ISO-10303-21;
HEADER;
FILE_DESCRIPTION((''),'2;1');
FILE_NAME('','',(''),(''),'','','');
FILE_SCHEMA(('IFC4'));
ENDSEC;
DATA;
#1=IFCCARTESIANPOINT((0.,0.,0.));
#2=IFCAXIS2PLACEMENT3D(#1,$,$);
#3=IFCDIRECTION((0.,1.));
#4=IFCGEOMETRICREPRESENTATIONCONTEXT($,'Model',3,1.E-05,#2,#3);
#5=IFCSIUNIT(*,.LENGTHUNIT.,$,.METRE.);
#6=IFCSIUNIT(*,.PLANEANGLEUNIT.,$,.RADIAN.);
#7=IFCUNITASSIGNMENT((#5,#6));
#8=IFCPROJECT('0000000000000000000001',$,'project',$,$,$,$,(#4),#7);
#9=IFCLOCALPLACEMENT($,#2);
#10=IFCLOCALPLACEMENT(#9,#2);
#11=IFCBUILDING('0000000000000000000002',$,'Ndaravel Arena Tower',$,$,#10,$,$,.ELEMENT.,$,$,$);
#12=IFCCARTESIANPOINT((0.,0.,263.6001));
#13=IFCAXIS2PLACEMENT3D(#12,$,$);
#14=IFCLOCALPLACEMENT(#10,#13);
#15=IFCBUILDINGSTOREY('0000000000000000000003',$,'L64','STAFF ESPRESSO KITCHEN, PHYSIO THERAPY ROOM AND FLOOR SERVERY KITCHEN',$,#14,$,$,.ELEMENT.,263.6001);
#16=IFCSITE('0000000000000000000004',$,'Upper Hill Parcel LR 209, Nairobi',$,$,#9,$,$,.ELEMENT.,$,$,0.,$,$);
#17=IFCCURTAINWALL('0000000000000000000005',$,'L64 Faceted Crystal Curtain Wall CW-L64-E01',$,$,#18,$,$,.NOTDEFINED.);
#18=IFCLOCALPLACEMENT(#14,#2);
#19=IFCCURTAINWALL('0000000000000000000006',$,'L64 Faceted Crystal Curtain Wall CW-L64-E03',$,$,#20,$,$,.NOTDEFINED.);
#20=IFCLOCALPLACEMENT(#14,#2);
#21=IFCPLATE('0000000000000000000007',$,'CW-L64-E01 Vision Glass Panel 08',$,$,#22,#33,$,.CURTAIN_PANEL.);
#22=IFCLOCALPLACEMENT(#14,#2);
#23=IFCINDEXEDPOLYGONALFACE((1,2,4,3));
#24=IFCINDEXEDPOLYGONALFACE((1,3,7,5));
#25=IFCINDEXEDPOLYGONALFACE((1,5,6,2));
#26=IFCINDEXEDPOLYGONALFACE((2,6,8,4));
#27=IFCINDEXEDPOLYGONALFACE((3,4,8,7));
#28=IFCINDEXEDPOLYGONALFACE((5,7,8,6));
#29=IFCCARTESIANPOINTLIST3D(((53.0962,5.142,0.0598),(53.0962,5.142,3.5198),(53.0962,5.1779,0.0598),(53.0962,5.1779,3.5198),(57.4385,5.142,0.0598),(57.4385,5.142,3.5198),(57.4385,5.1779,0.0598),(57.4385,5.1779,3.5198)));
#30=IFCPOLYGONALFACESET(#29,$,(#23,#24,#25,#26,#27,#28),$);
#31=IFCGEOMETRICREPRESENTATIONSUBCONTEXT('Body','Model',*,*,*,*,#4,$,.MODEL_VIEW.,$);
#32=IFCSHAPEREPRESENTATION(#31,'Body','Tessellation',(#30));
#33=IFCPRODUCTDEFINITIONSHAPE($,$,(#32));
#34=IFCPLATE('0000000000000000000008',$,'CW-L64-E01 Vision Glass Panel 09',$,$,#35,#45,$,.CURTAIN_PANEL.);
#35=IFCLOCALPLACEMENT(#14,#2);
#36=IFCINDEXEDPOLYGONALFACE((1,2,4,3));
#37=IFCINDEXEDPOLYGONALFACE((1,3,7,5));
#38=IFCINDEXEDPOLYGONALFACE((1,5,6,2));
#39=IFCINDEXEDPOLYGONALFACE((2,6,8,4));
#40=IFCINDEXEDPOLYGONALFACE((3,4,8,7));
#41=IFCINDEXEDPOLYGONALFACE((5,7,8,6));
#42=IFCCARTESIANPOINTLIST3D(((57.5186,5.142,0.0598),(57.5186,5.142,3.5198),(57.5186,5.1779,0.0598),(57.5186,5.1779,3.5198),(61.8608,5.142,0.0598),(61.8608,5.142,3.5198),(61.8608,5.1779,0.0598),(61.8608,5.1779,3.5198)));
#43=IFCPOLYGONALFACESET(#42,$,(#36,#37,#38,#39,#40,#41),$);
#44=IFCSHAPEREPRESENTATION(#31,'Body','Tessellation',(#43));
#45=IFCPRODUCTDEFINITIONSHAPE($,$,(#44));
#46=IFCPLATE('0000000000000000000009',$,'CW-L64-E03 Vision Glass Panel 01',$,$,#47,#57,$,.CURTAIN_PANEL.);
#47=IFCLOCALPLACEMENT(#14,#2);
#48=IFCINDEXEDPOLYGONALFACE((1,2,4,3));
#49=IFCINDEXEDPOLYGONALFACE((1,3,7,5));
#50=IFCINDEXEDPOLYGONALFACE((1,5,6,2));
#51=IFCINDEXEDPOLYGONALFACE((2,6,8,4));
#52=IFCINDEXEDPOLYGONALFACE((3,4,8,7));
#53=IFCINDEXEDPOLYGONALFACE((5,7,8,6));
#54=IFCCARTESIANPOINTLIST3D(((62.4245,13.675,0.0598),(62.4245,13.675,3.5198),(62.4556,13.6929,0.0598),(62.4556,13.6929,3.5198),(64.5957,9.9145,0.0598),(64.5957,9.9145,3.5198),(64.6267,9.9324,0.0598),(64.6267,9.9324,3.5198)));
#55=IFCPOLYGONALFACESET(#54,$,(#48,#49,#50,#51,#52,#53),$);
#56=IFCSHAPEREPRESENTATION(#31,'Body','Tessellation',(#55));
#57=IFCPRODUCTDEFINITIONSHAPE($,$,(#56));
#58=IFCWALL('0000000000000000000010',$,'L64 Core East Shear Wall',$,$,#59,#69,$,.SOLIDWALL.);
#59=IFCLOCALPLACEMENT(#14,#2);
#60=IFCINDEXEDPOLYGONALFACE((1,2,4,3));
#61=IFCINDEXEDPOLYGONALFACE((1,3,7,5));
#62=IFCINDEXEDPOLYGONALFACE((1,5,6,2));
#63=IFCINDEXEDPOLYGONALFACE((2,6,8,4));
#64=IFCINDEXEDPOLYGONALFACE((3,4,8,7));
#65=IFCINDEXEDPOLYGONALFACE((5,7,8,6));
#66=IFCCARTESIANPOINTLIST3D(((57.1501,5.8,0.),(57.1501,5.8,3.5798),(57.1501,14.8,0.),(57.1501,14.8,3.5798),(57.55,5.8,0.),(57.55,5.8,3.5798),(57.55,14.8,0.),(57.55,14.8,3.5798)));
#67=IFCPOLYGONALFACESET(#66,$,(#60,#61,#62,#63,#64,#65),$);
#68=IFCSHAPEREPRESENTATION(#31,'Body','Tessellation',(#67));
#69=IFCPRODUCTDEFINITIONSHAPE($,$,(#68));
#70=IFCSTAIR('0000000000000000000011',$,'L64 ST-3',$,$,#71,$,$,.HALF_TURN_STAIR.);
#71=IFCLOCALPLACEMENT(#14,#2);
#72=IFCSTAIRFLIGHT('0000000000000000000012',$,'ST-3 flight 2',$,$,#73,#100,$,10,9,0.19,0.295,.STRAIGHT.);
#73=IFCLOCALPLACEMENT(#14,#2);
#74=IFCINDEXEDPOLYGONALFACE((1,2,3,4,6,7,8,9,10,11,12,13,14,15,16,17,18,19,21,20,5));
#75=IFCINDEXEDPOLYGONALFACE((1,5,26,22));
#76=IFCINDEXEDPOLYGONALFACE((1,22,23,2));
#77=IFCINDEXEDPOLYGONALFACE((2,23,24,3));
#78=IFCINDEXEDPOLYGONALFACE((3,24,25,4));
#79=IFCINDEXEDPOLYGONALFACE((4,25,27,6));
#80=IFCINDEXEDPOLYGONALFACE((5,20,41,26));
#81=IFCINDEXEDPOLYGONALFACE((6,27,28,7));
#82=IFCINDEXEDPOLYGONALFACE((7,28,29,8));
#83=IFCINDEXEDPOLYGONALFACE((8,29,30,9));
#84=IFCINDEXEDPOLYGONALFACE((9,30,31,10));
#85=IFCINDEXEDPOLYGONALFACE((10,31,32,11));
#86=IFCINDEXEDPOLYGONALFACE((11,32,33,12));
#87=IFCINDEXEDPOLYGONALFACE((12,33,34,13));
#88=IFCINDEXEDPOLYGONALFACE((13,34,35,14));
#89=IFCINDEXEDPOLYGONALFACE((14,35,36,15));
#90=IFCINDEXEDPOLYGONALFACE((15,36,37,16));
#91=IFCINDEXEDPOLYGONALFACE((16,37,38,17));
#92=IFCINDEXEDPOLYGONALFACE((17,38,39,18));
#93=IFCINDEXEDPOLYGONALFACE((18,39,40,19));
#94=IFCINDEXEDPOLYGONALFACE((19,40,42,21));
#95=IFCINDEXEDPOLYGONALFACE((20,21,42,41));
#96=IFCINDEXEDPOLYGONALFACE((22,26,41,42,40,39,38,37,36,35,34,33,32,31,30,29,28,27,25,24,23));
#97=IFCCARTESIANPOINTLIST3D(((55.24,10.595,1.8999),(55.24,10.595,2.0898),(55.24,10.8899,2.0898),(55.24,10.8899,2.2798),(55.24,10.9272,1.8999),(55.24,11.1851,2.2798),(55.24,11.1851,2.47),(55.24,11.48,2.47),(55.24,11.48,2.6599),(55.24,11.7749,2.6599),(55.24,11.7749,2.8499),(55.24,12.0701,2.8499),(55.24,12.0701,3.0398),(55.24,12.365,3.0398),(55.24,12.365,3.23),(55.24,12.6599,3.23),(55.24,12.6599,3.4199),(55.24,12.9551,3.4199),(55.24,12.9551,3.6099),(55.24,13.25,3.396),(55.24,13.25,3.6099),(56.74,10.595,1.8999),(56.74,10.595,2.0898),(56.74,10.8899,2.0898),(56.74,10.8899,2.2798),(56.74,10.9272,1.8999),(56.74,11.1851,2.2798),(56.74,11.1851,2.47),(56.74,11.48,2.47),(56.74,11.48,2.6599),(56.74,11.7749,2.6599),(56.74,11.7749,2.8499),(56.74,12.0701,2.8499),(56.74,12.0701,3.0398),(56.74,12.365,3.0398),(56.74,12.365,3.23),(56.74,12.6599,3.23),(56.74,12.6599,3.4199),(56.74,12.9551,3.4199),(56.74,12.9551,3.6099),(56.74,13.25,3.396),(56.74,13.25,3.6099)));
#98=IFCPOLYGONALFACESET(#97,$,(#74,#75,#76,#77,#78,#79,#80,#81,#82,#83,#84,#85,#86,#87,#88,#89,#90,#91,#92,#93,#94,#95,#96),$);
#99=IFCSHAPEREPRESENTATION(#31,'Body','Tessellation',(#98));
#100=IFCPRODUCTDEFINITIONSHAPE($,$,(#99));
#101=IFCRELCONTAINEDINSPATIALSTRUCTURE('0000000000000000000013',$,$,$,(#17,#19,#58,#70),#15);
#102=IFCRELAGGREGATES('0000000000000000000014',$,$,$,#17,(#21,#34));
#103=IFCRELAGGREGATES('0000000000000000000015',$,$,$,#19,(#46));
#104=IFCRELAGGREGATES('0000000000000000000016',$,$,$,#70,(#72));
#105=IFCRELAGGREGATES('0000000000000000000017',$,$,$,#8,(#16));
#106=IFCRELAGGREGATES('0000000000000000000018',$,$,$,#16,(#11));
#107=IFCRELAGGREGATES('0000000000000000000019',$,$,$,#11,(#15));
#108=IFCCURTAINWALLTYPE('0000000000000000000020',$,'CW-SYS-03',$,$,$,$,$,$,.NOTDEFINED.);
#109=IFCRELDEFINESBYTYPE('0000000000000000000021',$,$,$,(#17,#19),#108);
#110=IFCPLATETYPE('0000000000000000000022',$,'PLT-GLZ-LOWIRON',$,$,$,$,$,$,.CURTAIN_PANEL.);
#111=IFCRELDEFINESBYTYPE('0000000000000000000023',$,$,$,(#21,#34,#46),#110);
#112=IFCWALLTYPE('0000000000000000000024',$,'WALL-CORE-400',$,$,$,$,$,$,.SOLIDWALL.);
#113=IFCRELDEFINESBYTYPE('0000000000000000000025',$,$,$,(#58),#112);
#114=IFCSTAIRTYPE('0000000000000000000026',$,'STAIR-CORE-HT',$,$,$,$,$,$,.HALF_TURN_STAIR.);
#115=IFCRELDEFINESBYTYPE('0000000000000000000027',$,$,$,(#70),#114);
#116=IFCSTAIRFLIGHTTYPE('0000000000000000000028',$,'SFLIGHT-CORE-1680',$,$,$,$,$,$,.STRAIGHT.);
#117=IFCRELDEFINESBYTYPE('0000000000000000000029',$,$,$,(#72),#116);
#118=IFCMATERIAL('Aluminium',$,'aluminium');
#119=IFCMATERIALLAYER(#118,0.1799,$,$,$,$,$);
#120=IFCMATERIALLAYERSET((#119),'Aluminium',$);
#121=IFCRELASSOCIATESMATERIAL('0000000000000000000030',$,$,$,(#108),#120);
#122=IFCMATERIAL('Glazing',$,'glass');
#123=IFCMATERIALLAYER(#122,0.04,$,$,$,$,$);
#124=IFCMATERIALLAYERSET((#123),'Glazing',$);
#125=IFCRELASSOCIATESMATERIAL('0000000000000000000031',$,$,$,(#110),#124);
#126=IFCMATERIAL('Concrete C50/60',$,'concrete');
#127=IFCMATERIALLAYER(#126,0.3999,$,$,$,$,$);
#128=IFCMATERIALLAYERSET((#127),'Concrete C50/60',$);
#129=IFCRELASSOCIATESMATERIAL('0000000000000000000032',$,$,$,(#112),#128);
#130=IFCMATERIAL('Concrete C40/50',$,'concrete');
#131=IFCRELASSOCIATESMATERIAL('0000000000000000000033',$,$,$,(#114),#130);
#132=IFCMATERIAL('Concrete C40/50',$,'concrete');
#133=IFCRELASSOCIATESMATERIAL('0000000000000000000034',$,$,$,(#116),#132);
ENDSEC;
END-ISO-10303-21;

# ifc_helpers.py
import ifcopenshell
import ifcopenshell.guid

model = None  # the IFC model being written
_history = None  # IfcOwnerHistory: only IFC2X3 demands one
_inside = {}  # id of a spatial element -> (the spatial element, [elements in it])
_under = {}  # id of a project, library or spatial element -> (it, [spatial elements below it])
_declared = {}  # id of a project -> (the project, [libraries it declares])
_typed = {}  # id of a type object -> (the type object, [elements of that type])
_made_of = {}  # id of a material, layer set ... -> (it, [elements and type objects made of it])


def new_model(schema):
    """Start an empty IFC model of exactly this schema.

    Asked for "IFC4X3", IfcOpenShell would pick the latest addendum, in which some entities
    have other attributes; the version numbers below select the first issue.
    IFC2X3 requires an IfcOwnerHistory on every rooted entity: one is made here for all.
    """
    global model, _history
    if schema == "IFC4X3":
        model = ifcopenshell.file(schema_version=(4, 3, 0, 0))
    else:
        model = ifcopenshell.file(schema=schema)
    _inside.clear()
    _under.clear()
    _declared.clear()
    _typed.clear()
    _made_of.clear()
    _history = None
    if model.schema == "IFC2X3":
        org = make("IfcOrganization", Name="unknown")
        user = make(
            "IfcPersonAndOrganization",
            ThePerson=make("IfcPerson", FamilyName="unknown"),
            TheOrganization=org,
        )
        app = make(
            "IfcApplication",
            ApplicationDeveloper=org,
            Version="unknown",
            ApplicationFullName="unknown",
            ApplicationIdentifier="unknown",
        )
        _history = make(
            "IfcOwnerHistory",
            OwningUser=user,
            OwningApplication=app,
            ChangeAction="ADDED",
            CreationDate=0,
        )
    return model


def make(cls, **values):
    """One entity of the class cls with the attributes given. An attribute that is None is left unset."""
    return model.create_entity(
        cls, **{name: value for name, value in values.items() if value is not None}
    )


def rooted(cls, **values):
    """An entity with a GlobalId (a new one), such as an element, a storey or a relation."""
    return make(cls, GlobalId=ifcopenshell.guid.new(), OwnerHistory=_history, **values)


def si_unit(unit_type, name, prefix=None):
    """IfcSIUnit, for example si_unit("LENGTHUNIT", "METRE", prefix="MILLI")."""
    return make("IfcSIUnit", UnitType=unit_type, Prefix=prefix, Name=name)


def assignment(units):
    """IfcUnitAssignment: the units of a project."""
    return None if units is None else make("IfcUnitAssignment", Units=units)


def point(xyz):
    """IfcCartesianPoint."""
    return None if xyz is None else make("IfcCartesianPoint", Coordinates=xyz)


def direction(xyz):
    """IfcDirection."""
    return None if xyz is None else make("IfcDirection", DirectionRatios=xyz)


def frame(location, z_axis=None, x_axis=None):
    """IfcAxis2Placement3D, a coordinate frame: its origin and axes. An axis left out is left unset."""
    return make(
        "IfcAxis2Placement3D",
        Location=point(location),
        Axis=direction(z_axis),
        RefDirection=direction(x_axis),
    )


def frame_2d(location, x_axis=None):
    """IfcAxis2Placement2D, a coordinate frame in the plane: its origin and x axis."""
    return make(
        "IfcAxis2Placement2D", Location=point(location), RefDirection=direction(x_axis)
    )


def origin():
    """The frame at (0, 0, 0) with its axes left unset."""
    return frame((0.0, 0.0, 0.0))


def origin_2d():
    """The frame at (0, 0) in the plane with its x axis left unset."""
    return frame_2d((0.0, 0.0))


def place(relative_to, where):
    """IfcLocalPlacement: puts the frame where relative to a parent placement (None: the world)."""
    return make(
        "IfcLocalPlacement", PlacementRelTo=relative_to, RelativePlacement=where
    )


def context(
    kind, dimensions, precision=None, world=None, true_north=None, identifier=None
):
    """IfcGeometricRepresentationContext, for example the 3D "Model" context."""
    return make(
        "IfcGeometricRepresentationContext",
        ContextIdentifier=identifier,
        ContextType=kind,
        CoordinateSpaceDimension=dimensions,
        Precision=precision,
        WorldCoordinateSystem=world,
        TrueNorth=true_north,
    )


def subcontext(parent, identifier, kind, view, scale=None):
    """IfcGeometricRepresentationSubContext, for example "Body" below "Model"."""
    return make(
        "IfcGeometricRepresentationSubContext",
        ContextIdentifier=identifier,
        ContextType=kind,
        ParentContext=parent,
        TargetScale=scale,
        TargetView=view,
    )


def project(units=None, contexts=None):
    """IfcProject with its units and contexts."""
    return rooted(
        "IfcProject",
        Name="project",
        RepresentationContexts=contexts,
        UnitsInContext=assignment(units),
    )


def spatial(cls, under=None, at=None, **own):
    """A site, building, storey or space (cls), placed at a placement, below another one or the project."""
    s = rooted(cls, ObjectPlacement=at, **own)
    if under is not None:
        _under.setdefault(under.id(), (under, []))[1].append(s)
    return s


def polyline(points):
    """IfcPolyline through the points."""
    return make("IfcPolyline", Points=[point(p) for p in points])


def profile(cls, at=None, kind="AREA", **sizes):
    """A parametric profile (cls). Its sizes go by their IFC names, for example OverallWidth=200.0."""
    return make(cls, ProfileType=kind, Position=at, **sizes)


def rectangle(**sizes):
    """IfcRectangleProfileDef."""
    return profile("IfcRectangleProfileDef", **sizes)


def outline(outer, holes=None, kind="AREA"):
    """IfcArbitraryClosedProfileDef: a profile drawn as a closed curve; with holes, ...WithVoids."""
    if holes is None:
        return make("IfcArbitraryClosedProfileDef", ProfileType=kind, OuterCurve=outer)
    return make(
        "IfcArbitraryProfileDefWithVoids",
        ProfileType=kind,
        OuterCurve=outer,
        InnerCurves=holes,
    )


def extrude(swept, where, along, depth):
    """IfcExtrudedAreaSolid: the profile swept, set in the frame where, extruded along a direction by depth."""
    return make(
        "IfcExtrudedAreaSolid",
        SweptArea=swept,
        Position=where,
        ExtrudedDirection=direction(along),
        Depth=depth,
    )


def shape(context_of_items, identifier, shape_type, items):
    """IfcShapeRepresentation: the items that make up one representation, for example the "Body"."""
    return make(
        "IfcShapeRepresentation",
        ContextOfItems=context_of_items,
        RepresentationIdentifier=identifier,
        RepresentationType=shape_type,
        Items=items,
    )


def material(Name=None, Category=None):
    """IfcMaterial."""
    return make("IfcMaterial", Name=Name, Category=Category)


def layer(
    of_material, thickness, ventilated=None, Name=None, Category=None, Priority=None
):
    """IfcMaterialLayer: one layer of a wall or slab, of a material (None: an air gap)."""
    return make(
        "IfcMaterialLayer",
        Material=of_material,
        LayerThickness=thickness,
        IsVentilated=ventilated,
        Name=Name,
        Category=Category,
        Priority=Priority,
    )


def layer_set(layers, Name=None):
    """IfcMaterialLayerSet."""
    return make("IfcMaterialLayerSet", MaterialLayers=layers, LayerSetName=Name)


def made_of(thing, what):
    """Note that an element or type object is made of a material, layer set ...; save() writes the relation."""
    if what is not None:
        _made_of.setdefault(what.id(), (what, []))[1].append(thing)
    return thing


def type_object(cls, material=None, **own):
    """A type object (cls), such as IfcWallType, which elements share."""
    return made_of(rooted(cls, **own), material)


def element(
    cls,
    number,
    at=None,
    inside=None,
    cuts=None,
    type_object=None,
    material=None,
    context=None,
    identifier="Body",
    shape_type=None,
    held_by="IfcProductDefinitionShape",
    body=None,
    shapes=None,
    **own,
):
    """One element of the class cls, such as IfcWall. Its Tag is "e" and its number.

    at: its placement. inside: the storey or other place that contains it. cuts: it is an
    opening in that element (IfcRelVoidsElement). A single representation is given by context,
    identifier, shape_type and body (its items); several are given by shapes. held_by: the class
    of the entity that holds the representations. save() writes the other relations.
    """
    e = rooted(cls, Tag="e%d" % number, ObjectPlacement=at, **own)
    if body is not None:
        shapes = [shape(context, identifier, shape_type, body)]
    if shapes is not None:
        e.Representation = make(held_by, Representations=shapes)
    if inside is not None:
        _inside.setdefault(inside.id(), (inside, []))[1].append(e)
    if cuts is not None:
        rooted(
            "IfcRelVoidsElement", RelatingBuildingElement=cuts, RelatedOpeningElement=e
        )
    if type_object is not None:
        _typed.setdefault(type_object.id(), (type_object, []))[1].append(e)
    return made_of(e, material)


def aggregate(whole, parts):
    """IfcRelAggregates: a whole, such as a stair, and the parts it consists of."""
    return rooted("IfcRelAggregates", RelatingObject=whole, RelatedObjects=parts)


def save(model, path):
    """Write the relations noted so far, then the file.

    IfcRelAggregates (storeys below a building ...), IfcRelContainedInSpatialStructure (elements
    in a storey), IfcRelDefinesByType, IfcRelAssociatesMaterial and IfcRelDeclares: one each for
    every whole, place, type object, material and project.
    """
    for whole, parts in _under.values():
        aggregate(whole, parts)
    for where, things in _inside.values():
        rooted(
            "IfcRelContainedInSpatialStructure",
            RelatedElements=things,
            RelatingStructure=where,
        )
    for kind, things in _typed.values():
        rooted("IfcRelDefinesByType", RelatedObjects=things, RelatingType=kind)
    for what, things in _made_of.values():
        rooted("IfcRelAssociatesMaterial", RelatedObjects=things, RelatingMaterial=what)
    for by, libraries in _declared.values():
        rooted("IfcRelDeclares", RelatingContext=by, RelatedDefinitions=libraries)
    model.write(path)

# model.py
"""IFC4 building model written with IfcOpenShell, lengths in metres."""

from ifc_helpers import new_model, si_unit, direction, frame, frame_2d, origin, origin_2d, place, context, subcontext, project, spatial, polyline, rectangle, outline, extrude, material, layer, layer_set, type_object, element, aggregate, save


model = new_model("IFC4")

# Units and contexts
model_context = context("Model", 3, precision=1e-05, world=origin(), true_north=direction((0.0, 1.0)))
body_context = subcontext(model_context, "Body", "Model", "MODEL_VIEW")
ifc_project = project(units=[si_unit("LENGTHUNIT", "METRE"), si_unit("PLANEANGLEUNIT", "RADIAN")], contexts=[model_context])

# Site, building, storey
site_placement = place(None, origin())
site = spatial("IfcSite", under=ifc_project, at=site_placement, Name="Upper Hill Parcel LR 209, Nairobi", CompositionType="ELEMENT", RefElevation=0.0)
building_placement = place(site_placement, origin())
building = spatial("IfcBuilding", under=site, at=building_placement, Name="Ndaravel Arena Tower", CompositionType="ELEMENT")
storey_placement = place(building_placement, frame((0.0, 0.0, 263.6001)))
storey = spatial("IfcBuildingStorey", under=building, at=storey_placement, Name="L64", Description="STAFF ESPRESSO KITCHEN, PHYSIO THERAPY ROOM AND FLOOR SERVERY KITCHEN", CompositionType="ELEMENT", Elevation=263.6001)

# Curtain walls
ifc_material_1 = material(Name="Aluminium", Category="aluminium")
ifc_layer_1 = layer(ifc_material_1, 0.1799)
ifc_layer_set_1 = layer_set([ifc_layer_1], Name="Aluminium")
curtain_wall_type_1 = type_object("IfcCurtainWallType", Name="CW-SYS-03", PredefinedType="NOTDEFINED", material=ifc_layer_set_1)
curtain_wall_1_placement = place(storey_placement, origin())
curtain_wall_1 = element("IfcCurtainWall", 1, at=curtain_wall_1_placement, inside=storey, type_object=curtain_wall_type_1, Name="L64 Faceted Crystal Curtain Wall CW-L64-E01", PredefinedType="NOTDEFINED")
curtain_wall_2_placement = place(storey_placement, origin())
curtain_wall_2 = element("IfcCurtainWall", 2, at=curtain_wall_2_placement, inside=storey, type_object=curtain_wall_type_1, Name="L64 Faceted Crystal Curtain Wall CW-L64-E03", PredefinedType="NOTDEFINED")

# Plates
ifc_material_2 = material(Name="Glazing", Category="glass")
ifc_layer_2 = layer(ifc_material_2, 0.04)
ifc_layer_set_2 = layer_set([ifc_layer_2], Name="Glazing")
plate_type_1 = type_object("IfcPlateType", Name="PLT-GLZ-LOWIRON", PredefinedType="CURTAIN_PANEL", material=ifc_layer_set_2)
plate_1_placement = place(storey_placement, frame((55.2673, 5.1599, 0.0598), z_axis=(0.0, 0.0, 1.0), x_axis=(1.0, 0.0, 0.0)))
plate_1 = element("IfcPlate", 3, at=plate_1_placement, type_object=plate_type_1, Name="CW-L64-E01 Vision Glass Panel 08", PredefinedType="CURTAIN_PANEL", context=body_context, shape_type="SweptSolid", body=[
    extrude(rectangle(XDim=4.3423, YDim=0.0359, at=origin_2d()), origin(), (0.0, 0.0, 1.0), 3.46),
])
plate_2_placement = place(storey_placement, frame((59.6897, 5.1599, 0.0598), z_axis=(0.0, 0.0, 1.0), x_axis=(1.0, 0.0, 0.0)))
plate_2 = element("IfcPlate", 4, at=plate_2_placement, type_object=plate_type_1, Name="CW-L64-E01 Vision Glass Panel 09", PredefinedType="CURTAIN_PANEL", context=body_context, shape_type="SweptSolid", body=[
    extrude(rectangle(XDim=4.3423, YDim=0.0359, at=origin_2d()), origin(), (0.0, 0.0, 1.0), 3.46),
])
aggregate(curtain_wall_1, [plate_1, plate_2])
plate_3_placement = place(storey_placement, frame((63.5256, 11.8037, 0.0598), z_axis=(0.0, 0.0, 1.0), x_axis=(-0.5, 0.866025, 0.0)))
plate_3 = element("IfcPlate", 5, at=plate_3_placement, type_object=plate_type_1, Name="CW-L64-E03 Vision Glass Panel 01", PredefinedType="CURTAIN_PANEL", context=body_context, shape_type="SweptSolid", body=[
    extrude(rectangle(XDim=4.3423, YDim=0.0359, at=origin_2d()), origin(), (0.0, 0.0, 1.0), 3.46),
])
aggregate(curtain_wall_2, [plate_3])

# Wall
ifc_material_3 = material(Name="Concrete C50/60", Category="concrete")
ifc_layer_3 = layer(ifc_material_3, 0.3999)
ifc_layer_set_3 = layer_set([ifc_layer_3], Name="Concrete C50/60")
wall_type = type_object("IfcWallType", Name="WALL-CORE-400", PredefinedType="SOLIDWALL", material=ifc_layer_set_3)
wall_placement = place(storey_placement, frame((57.3501, 5.8, 0.0), z_axis=(0.0, 0.0, 1.0), x_axis=(0.0, 1.0, 0.0)))
element("IfcWall", 6, at=wall_placement, inside=storey, type_object=wall_type, Name="L64 Core East Shear Wall", PredefinedType="SOLIDWALL", context=body_context, shape_type="SweptSolid", body=[
    extrude(rectangle(XDim=9.0, YDim=0.3999, at=frame_2d((4.5, 0.0))), origin(), (0.0, 0.0, 1.0), 3.5798),
])

# Stair, stair flight
ifc_material_4 = material(Name="Concrete C40/50", Category="concrete")
stair_type = type_object("IfcStairType", Name="STAIR-CORE-HT", PredefinedType="HALF_TURN_STAIR", material=ifc_material_4)
stair_placement = place(storey_placement, origin())
stair = element("IfcStair", 7, at=stair_placement, inside=storey, type_object=stair_type, Name="L64 ST-3", PredefinedType="HALF_TURN_STAIR")
ifc_material_5 = material(Name="Concrete C40/50", Category="concrete")
stair_flight_type = type_object("IfcStairFlightType", Name="SFLIGHT-CORE-1680", PredefinedType="STRAIGHT", material=ifc_material_5)
stair_flight_placement = place(storey_placement, frame((55.99, 10.595, 1.8999), z_axis=(0.0, 0.0, 1.0), x_axis=(0.0, 1.0, 0.0)))
stair_flight = element("IfcStairFlight", 8, at=stair_flight_placement, type_object=stair_flight_type, Name="ST-3 flight 2", NumberOfRisers=10, NumberOfTreads=9, PredefinedType="STRAIGHT", RiserHeight=0.19, TreadLength=0.295, context=body_context, shape_type="SweptSolid", body=[
    extrude(outline(polyline([(0.0, 0.0), (0.0, 0.1899), (0.2949, 0.1899), (0.2949, 0.3799), (0.5901, 0.3799), (0.5901, 0.5701), (0.885, 0.5701), (0.885, 0.76), (1.1799, 0.76), (1.1799, 0.95), (1.4751, 0.95), (1.4751, 1.1399), (1.77, 1.1399), (1.77, 1.3301), (2.0649, 1.3301), (2.0649, 1.52), (2.3601, 1.52), (2.3601, 1.71), (2.655, 1.71), (2.655, 1.8999), (2.655, 1.4961), (0.3323, 0.0), (0.0, 0.0)])), frame((0.0, 0.75, 0.0), z_axis=(0.0, -1.0, 0.0), x_axis=(1.0, 0.0, 0.0)), (0.0, 0.0, 1.0), 1.5),
])
aggregate(stair, [stair_flight])

save(model, "model.ifc")
